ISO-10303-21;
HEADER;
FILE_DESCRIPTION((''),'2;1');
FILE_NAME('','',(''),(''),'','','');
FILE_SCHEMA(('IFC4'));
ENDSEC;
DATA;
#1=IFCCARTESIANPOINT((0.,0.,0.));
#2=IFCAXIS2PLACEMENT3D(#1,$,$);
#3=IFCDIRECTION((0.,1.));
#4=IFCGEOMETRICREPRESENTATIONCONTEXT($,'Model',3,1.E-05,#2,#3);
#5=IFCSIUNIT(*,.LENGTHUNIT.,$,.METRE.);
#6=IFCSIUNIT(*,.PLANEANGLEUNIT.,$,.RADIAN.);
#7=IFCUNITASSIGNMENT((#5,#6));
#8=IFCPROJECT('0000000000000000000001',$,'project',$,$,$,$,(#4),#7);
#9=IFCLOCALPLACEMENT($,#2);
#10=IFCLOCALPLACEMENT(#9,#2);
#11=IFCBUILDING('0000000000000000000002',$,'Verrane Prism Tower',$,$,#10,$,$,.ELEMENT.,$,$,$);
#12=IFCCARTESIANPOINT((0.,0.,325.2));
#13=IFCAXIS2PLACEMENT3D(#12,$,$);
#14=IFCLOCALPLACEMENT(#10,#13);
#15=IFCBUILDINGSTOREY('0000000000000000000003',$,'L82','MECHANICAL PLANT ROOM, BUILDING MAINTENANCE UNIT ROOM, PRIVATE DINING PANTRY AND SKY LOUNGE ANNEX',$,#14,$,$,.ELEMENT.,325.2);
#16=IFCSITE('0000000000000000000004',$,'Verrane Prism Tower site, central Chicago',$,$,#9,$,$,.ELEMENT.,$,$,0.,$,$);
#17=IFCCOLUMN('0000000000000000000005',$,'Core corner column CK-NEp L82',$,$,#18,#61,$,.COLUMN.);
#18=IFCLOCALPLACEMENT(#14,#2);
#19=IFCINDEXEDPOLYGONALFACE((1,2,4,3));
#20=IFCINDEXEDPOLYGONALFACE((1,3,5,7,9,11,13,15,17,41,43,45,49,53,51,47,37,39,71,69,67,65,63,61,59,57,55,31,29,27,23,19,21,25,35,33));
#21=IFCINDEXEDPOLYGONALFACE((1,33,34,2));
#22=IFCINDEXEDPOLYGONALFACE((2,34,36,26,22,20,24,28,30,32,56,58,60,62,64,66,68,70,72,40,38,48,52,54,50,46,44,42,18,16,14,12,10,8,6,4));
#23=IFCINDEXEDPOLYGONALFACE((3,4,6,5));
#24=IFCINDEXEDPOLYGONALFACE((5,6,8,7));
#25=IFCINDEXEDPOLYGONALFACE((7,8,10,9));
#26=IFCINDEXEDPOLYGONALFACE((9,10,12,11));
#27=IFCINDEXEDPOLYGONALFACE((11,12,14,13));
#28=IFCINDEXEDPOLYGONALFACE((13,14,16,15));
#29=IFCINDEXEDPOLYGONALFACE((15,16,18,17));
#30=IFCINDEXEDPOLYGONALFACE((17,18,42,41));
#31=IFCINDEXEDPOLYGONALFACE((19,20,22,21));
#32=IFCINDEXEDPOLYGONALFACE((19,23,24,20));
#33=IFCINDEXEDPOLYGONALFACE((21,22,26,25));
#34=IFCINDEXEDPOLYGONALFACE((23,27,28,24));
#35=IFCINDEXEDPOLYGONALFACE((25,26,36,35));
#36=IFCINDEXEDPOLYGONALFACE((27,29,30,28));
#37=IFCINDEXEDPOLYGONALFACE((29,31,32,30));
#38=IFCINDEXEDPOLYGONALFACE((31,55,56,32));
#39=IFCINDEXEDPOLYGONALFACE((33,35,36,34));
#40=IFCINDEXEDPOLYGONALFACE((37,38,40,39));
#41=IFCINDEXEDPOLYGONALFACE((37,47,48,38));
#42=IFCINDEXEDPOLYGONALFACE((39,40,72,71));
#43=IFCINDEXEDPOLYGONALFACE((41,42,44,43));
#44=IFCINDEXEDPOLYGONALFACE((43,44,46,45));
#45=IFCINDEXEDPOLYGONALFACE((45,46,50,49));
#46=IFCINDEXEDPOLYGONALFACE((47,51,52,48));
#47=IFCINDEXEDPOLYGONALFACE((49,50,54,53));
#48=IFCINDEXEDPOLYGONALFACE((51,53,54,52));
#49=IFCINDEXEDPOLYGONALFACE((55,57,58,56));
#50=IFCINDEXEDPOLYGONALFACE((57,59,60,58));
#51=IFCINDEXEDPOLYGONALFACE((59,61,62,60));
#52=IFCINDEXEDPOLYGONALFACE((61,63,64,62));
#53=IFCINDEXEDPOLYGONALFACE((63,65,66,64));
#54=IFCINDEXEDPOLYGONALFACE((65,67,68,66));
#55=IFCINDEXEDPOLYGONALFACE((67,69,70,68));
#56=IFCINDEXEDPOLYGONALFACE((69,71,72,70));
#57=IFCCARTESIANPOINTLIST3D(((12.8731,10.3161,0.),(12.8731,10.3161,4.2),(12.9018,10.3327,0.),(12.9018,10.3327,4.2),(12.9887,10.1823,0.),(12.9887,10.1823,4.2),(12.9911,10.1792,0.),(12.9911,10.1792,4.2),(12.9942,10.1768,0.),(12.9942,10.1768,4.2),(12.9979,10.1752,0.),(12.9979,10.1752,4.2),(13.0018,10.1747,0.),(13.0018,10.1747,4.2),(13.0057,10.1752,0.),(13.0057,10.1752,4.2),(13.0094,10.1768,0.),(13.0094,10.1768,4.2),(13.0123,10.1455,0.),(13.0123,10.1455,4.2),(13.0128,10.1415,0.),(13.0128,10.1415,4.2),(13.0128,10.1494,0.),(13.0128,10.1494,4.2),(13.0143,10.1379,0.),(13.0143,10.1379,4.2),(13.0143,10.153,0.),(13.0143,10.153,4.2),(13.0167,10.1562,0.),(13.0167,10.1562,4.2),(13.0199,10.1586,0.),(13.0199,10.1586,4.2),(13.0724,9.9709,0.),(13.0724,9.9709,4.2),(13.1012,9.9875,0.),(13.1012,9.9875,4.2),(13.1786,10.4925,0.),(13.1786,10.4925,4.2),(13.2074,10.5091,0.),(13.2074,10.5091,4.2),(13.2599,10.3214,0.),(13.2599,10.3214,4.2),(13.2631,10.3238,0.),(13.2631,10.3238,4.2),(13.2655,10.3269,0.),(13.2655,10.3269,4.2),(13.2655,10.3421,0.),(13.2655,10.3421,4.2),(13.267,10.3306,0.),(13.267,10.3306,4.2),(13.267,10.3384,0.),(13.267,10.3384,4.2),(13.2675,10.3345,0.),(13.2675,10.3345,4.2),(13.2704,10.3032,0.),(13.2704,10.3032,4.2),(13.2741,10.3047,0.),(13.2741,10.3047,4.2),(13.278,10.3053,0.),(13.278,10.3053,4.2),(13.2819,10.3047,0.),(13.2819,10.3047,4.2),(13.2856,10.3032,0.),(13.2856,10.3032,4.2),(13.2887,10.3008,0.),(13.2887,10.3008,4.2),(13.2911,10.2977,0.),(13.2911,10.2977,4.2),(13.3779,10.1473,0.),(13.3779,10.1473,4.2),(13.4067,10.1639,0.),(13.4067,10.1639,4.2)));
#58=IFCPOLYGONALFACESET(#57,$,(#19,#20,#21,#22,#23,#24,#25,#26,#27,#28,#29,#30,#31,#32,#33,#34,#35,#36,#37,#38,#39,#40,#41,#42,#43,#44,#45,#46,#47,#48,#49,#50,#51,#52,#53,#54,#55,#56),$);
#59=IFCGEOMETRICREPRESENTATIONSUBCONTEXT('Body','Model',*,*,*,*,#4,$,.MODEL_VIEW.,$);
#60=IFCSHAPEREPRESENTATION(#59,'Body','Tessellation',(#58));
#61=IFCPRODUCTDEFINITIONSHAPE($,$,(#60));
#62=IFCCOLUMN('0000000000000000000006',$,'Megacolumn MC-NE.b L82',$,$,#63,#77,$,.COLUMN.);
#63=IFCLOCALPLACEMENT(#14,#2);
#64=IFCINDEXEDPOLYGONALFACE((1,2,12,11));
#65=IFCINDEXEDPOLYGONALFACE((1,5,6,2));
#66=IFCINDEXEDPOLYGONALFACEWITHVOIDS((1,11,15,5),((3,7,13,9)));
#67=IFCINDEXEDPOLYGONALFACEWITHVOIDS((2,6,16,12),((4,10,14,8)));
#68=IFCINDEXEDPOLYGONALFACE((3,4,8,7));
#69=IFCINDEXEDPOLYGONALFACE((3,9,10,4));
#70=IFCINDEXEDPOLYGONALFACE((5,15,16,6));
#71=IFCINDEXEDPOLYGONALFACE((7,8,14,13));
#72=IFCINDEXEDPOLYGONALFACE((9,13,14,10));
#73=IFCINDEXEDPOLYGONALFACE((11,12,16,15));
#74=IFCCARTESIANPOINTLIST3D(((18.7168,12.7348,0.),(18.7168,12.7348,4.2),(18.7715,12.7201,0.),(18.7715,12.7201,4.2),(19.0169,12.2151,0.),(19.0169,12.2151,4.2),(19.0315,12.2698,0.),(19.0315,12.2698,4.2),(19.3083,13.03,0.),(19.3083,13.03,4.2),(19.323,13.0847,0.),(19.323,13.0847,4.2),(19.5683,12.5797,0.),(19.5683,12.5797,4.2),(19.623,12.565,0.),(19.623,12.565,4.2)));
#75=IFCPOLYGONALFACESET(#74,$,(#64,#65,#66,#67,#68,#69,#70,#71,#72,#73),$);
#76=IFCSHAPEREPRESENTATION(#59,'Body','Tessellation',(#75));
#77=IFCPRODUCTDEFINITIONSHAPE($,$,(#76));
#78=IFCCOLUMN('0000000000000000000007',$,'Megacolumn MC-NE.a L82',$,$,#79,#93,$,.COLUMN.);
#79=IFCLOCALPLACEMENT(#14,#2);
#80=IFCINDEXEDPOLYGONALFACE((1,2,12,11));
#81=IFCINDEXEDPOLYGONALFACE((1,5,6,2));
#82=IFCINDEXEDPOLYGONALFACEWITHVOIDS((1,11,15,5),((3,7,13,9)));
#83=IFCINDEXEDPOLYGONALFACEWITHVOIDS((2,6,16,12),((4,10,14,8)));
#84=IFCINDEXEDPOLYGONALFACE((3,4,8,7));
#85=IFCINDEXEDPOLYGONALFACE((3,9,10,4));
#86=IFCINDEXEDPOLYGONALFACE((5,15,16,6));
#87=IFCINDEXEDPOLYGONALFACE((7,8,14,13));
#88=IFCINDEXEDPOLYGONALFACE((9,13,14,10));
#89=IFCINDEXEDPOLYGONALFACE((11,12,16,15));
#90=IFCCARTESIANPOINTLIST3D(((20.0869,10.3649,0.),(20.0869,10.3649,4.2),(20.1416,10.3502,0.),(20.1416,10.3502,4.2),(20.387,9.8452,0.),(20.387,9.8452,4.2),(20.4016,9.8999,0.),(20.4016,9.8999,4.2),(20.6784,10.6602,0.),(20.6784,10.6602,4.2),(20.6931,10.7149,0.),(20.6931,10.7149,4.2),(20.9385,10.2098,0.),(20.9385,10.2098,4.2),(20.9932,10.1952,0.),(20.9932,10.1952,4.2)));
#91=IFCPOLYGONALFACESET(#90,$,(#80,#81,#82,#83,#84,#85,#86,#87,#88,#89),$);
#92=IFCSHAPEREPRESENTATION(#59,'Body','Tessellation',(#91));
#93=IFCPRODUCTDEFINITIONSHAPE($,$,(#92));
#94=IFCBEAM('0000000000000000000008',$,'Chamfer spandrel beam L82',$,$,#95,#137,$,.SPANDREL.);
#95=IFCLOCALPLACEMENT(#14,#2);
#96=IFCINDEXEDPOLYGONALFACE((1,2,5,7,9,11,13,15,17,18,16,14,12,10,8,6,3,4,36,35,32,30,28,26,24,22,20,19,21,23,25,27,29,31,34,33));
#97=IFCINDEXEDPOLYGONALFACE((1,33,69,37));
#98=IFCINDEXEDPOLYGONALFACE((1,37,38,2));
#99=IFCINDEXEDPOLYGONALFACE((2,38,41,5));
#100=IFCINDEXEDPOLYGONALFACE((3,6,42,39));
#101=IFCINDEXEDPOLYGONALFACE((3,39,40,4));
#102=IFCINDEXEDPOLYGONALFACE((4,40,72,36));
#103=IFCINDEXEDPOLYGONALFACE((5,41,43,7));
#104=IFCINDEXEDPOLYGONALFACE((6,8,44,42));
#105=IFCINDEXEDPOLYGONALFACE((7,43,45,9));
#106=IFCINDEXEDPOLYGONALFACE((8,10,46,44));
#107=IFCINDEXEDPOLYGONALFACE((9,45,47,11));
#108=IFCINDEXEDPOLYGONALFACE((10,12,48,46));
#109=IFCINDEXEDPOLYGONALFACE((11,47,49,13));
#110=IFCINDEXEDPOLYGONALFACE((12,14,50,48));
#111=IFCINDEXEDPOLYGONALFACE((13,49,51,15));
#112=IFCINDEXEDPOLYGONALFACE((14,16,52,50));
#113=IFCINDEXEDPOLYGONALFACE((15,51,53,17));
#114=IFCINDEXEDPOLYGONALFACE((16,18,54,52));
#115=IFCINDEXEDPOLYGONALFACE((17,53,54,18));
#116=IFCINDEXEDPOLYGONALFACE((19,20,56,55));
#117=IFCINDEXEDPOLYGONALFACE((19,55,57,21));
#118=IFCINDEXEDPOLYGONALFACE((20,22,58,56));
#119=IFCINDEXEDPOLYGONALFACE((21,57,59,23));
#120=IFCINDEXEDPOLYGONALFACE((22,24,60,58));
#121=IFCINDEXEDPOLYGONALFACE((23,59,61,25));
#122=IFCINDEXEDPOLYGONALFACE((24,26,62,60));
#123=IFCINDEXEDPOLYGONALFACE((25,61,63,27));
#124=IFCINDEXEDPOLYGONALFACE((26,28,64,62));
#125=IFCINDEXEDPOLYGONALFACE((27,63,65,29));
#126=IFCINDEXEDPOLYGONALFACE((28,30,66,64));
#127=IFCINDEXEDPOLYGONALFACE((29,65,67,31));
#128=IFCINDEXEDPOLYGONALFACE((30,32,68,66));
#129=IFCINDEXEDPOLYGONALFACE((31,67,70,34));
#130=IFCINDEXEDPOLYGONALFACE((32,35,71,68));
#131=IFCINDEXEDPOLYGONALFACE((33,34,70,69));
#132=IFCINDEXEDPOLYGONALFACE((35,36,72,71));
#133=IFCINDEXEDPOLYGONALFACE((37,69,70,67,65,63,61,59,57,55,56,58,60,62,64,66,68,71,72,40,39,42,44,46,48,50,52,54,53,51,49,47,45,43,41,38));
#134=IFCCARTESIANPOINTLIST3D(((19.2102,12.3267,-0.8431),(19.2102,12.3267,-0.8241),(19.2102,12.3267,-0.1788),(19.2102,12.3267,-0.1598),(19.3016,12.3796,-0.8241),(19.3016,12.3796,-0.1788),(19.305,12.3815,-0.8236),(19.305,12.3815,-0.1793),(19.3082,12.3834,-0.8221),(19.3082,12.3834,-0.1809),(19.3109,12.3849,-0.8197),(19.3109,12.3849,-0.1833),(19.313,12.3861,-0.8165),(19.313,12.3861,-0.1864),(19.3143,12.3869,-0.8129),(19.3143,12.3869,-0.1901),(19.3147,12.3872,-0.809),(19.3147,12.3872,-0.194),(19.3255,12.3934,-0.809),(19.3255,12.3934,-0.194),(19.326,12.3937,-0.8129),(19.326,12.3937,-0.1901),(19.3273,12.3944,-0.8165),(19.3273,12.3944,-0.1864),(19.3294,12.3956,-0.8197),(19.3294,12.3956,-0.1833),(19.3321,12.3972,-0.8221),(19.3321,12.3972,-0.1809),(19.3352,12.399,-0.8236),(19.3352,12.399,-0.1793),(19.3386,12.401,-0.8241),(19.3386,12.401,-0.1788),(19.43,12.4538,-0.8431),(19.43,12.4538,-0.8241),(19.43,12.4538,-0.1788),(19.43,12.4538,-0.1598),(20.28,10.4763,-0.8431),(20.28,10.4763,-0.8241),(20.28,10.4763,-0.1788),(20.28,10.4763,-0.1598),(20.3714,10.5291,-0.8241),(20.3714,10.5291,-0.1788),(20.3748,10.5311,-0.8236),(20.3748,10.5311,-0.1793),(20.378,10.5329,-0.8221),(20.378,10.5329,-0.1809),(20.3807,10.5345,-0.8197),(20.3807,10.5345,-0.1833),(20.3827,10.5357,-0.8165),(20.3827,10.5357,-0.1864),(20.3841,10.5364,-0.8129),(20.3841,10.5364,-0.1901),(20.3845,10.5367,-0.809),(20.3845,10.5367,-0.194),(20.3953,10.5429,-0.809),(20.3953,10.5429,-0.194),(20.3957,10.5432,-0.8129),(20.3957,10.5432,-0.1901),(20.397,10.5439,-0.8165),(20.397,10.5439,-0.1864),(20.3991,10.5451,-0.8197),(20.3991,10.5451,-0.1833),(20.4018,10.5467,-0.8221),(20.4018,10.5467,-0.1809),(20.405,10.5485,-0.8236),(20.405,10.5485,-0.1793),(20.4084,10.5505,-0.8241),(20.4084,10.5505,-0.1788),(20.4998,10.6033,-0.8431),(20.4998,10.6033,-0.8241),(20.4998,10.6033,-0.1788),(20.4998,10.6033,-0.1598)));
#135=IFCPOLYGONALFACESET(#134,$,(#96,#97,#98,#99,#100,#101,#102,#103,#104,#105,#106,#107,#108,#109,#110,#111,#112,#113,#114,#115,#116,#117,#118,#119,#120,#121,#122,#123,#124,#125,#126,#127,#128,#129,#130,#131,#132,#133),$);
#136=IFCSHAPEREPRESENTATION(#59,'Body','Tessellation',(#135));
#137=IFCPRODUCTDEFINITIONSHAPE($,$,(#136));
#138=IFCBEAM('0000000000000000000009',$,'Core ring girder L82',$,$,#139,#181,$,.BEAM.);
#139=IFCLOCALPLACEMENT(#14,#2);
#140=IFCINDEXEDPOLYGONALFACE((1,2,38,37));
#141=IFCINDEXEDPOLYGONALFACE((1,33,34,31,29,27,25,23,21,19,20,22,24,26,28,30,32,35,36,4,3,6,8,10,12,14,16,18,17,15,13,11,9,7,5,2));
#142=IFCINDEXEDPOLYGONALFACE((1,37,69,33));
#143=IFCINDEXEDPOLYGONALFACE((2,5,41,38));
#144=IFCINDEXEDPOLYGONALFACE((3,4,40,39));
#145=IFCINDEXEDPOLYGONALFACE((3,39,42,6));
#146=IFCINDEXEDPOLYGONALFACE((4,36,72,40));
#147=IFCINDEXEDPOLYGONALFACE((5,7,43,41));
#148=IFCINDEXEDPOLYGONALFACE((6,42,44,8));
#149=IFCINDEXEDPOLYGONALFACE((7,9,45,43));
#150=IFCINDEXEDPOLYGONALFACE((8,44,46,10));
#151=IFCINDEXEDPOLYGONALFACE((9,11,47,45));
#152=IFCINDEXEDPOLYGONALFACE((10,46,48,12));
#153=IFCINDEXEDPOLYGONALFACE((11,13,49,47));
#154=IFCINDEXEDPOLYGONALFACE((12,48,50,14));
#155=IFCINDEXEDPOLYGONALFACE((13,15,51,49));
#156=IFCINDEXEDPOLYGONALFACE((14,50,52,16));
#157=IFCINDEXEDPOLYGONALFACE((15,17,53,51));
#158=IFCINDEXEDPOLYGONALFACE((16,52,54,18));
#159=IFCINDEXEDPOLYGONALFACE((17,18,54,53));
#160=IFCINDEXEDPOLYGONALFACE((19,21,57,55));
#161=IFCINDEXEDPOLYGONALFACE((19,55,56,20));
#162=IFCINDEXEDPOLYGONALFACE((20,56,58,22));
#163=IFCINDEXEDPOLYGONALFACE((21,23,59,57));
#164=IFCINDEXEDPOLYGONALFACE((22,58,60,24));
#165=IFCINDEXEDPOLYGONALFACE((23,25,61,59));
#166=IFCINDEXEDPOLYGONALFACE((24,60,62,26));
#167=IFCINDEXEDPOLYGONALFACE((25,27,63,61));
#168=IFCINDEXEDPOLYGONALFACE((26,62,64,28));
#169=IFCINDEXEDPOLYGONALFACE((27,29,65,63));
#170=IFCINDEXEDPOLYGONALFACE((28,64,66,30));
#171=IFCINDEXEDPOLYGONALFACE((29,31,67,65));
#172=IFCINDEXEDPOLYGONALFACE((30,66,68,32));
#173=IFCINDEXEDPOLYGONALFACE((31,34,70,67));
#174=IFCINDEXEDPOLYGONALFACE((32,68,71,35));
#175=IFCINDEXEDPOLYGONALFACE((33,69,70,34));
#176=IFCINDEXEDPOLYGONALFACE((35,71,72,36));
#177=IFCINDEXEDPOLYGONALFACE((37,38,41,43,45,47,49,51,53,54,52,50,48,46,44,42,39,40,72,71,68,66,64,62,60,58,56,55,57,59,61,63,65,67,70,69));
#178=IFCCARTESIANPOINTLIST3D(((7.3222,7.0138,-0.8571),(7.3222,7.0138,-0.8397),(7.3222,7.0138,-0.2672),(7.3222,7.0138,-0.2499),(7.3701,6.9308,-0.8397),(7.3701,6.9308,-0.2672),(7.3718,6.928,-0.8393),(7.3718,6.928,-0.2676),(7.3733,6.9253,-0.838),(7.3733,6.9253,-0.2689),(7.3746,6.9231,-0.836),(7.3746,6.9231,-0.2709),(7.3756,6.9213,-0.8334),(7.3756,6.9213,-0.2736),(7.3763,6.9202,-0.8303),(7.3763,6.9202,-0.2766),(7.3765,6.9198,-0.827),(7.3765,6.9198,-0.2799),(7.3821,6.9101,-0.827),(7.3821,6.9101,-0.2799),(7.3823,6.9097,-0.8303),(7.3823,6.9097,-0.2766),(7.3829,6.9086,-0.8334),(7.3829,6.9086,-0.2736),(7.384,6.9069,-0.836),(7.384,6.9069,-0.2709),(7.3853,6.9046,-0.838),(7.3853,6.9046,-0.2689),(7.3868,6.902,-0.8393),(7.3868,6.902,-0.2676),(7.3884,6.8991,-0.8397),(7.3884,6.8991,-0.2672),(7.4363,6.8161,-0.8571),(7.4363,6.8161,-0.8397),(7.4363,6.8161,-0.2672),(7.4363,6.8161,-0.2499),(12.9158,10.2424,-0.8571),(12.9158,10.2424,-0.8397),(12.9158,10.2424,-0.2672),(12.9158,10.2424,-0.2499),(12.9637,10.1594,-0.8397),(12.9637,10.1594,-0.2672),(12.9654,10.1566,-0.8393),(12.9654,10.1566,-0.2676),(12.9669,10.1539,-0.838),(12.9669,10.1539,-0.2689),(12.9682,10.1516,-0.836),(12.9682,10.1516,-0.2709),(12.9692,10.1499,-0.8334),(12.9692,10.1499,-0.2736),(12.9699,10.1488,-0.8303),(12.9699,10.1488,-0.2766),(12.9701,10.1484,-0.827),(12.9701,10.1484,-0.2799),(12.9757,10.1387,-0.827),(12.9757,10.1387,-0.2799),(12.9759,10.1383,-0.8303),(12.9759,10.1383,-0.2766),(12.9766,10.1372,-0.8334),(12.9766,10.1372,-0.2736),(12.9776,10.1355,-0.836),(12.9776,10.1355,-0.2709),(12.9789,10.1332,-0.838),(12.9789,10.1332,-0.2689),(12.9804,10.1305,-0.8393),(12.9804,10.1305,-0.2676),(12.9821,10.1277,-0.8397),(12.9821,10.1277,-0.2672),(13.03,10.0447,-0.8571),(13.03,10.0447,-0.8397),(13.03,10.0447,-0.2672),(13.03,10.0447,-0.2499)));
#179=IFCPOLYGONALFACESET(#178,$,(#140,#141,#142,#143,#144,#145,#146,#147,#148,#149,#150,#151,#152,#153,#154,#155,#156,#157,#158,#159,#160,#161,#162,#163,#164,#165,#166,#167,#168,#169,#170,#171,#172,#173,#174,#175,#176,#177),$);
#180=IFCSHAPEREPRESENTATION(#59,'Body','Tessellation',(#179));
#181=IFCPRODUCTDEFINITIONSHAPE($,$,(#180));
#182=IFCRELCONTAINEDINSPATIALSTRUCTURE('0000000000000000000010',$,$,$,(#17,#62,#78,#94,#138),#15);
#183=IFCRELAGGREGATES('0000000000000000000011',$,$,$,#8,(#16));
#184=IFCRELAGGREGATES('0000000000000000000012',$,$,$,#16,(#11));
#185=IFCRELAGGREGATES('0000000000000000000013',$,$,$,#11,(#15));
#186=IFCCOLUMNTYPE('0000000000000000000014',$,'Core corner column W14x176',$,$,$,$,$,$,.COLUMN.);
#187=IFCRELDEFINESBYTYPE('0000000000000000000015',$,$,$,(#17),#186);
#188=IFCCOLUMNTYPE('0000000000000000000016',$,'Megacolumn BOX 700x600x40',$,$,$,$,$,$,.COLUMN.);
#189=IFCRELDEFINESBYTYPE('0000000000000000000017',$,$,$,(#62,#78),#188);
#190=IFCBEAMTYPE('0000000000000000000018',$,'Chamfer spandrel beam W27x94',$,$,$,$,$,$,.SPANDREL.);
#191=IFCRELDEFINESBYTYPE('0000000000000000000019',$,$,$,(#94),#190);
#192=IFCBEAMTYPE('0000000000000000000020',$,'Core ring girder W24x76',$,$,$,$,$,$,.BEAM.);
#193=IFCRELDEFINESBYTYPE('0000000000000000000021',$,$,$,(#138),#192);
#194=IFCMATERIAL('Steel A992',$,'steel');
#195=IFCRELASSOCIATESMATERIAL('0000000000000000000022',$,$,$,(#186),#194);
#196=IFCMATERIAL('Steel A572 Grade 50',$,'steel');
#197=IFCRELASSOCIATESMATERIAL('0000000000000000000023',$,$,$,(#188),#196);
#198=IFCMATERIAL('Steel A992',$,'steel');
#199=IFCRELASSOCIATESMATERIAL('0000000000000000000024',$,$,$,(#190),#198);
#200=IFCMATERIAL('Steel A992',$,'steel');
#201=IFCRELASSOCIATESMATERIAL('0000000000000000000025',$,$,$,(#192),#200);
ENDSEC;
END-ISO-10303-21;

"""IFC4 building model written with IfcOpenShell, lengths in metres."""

from ifc_helpers import new_model, si_unit, direction, frame, origin, origin_2d, place, context, subcontext, project, spatial, hollow_rectangle, i_section, extrude, material, material_profile, profile_set, type_object, element, save


model = new_model("IFC4")

# Units and contexts
model_context = context("Model", 3, precision=1e-05, world=origin(), true_north=direction((0.0, 1.0)))
body_context = subcontext(model_context, "Body", "Model", "MODEL_VIEW")
ifc_project = project(units=[si_unit("LENGTHUNIT", "METRE"), si_unit("PLANEANGLEUNIT", "RADIAN")], contexts=[model_context])

# Site, building, storey
site_placement = place(None, origin())
site = spatial("IfcSite", under=ifc_project, at=site_placement, Name="Verrane Prism Tower site, central Chicago", CompositionType="ELEMENT", RefElevation=0.0)
building_placement = place(site_placement, origin())
building = spatial("IfcBuilding", under=site, at=building_placement, Name="Verrane Prism Tower", CompositionType="ELEMENT")
storey_placement = place(building_placement, frame((0.0, 0.0, 325.2)))
storey = spatial("IfcBuildingStorey", under=building, at=storey_placement, Name="L82", Description="MECHANICAL PLANT ROOM, BUILDING MAINTENANCE UNIT ROOM, PRIVATE DINING PANTRY AND SKY LOUNGE ANNEX", CompositionType="ELEMENT", Elevation=325.2)

# Columns
ifc_material_1 = material(Name="Steel A992", Category="steel")
ifc_material_profile_1 = material_profile(ifc_material_1, i_section(OverallWidth=0.3987, OverallDepth=0.386, WebThickness=0.021, FlangeThickness=0.0332, FilletRadius=0.0151, at=origin_2d()), Name="W14x176")
ifc_profile_set_1 = profile_set([ifc_material_profile_1], Name="Steel A992")
column_type_1 = type_object("IfcColumnType", Name="Core corner column W14x176", PredefinedType="COLUMN", material=ifc_profile_set_1)
column_placement = place(storey_placement, frame((13.1399, 10.24, 0.0), z_axis=(0.0, 0.0, 1.0), x_axis=(0.5, -0.866025, 0.0)))
element("IfcColumn", 1, at=column_placement, inside=storey, type_object=column_type_1, Name="Core corner column CK-NEp L82", PredefinedType="COLUMN", context=body_context, shape_type="SweptSolid", body=[
    extrude(i_section(OverallWidth=0.3987, OverallDepth=0.386, WebThickness=0.021, FlangeThickness=0.0332, FilletRadius=0.0151, at=origin_2d()), origin(), (0.0, 0.0, 1.0), 4.2),
])
ifc_material_2 = material(Name="Steel A572 Grade 50", Category="steel")
ifc_material_profile_2 = material_profile(ifc_material_2, hollow_rectangle(XDim=0.6001, YDim=0.7, WallThickness=0.04, at=origin_2d()), Name="BOX 700x600x40")
ifc_profile_set_2 = profile_set([ifc_material_profile_2], Name="Steel A572 Grade 50")
column_type_2 = type_object("IfcColumnType", Name="Megacolumn BOX 700x600x40", PredefinedType="COLUMN", material=ifc_profile_set_2)
for number, where, z_axis, x_axis, name in (
    (2, (19.1699, 12.6499, 0.0), (0.0, 0.0, 1.0), (0.5, -0.866025, 0.0), "Megacolumn MC-NE.b L82"),
    (3, (20.54, 10.28, 0.0), (0.0, 0.0, 1.0), (0.5, -0.866025, 0.0), "Megacolumn MC-NE.a L82"),
):
    element("IfcColumn", number, at=place(storey_placement, frame(where, z_axis=z_axis, x_axis=x_axis)), inside=storey, type_object=column_type_2, Name=name, PredefinedType="COLUMN", context=body_context, shape_type="SweptSolid", body=[
        extrude(hollow_rectangle(XDim=0.6001, YDim=0.7, WallThickness=0.04, at=origin_2d()), origin(), (0.0, 0.0, 1.0), 4.2),
    ])

# Beams
ifc_material_3 = material(Name="Steel A992", Category="steel")
ifc_material_profile_3 = material_profile(ifc_material_3, i_section(OverallWidth=0.2539, OverallDepth=0.6833, WebThickness=0.0125, FlangeThickness=0.019, FilletRadius=0.0151, at=origin_2d()), Name="W27x94")
ifc_profile_set_3 = profile_set([ifc_material_profile_3], Name="Steel A992")
beam_type_1 = type_object("IfcBeamType", Name="Chamfer spandrel beam W27x94", PredefinedType="SPANDREL", material=ifc_profile_set_3)
beam_1_placement = place(storey_placement, frame((20.3899, 10.5398, -0.5015), z_axis=(-0.500487, 0.865744, 0.0), x_axis=(-0.865744, -0.500487, 0.0)))
element("IfcBeam", 4, at=beam_1_placement, inside=storey, type_object=beam_type_1, Name="Chamfer spandrel beam L82", PredefinedType="SPANDREL", context=body_context, shape_type="SweptSolid", body=[
    extrude(i_section(OverallWidth=0.2539, OverallDepth=0.6833, WebThickness=0.0125, FlangeThickness=0.019, FilletRadius=0.0151, at=origin_2d()), origin(), (0.0, 0.0, 1.0), 2.1375),
])
ifc_material_4 = material(Name="Steel A992", Category="steel")
ifc_material_profile_4 = material_profile(ifc_material_4, i_section(OverallWidth=0.2283, OverallDepth=0.6072, WebThickness=0.0112, FlangeThickness=0.0173, FilletRadius=0.0127, at=origin_2d()), Name="W24x76")
ifc_profile_set_4 = profile_set([ifc_material_profile_4], Name="Steel A992")
beam_type_2 = type_object("IfcBeamType", Name="Core ring girder W24x76", PredefinedType="BEAM", material=ifc_profile_set_4)
beam_2_placement = place(storey_placement, frame((12.9729, 10.1436, -0.5535), z_axis=(-0.866086, -0.499896, 0.0), x_axis=(0.499896, -0.866086, 0.0)))
element("IfcBeam", 5, at=beam_2_placement, inside=storey, type_object=beam_type_2, Name="Core ring girder L82", PredefinedType="BEAM", context=body_context, shape_type="SweptSolid", body=[
    extrude(i_section(OverallWidth=0.2283, OverallDepth=0.6072, WebThickness=0.0112, FlangeThickness=0.0173, FilletRadius=0.0127, at=origin_2d()), origin(), (0.0, 0.0, 1.0), 6.4585),
])

save(model, "model.ifc")
